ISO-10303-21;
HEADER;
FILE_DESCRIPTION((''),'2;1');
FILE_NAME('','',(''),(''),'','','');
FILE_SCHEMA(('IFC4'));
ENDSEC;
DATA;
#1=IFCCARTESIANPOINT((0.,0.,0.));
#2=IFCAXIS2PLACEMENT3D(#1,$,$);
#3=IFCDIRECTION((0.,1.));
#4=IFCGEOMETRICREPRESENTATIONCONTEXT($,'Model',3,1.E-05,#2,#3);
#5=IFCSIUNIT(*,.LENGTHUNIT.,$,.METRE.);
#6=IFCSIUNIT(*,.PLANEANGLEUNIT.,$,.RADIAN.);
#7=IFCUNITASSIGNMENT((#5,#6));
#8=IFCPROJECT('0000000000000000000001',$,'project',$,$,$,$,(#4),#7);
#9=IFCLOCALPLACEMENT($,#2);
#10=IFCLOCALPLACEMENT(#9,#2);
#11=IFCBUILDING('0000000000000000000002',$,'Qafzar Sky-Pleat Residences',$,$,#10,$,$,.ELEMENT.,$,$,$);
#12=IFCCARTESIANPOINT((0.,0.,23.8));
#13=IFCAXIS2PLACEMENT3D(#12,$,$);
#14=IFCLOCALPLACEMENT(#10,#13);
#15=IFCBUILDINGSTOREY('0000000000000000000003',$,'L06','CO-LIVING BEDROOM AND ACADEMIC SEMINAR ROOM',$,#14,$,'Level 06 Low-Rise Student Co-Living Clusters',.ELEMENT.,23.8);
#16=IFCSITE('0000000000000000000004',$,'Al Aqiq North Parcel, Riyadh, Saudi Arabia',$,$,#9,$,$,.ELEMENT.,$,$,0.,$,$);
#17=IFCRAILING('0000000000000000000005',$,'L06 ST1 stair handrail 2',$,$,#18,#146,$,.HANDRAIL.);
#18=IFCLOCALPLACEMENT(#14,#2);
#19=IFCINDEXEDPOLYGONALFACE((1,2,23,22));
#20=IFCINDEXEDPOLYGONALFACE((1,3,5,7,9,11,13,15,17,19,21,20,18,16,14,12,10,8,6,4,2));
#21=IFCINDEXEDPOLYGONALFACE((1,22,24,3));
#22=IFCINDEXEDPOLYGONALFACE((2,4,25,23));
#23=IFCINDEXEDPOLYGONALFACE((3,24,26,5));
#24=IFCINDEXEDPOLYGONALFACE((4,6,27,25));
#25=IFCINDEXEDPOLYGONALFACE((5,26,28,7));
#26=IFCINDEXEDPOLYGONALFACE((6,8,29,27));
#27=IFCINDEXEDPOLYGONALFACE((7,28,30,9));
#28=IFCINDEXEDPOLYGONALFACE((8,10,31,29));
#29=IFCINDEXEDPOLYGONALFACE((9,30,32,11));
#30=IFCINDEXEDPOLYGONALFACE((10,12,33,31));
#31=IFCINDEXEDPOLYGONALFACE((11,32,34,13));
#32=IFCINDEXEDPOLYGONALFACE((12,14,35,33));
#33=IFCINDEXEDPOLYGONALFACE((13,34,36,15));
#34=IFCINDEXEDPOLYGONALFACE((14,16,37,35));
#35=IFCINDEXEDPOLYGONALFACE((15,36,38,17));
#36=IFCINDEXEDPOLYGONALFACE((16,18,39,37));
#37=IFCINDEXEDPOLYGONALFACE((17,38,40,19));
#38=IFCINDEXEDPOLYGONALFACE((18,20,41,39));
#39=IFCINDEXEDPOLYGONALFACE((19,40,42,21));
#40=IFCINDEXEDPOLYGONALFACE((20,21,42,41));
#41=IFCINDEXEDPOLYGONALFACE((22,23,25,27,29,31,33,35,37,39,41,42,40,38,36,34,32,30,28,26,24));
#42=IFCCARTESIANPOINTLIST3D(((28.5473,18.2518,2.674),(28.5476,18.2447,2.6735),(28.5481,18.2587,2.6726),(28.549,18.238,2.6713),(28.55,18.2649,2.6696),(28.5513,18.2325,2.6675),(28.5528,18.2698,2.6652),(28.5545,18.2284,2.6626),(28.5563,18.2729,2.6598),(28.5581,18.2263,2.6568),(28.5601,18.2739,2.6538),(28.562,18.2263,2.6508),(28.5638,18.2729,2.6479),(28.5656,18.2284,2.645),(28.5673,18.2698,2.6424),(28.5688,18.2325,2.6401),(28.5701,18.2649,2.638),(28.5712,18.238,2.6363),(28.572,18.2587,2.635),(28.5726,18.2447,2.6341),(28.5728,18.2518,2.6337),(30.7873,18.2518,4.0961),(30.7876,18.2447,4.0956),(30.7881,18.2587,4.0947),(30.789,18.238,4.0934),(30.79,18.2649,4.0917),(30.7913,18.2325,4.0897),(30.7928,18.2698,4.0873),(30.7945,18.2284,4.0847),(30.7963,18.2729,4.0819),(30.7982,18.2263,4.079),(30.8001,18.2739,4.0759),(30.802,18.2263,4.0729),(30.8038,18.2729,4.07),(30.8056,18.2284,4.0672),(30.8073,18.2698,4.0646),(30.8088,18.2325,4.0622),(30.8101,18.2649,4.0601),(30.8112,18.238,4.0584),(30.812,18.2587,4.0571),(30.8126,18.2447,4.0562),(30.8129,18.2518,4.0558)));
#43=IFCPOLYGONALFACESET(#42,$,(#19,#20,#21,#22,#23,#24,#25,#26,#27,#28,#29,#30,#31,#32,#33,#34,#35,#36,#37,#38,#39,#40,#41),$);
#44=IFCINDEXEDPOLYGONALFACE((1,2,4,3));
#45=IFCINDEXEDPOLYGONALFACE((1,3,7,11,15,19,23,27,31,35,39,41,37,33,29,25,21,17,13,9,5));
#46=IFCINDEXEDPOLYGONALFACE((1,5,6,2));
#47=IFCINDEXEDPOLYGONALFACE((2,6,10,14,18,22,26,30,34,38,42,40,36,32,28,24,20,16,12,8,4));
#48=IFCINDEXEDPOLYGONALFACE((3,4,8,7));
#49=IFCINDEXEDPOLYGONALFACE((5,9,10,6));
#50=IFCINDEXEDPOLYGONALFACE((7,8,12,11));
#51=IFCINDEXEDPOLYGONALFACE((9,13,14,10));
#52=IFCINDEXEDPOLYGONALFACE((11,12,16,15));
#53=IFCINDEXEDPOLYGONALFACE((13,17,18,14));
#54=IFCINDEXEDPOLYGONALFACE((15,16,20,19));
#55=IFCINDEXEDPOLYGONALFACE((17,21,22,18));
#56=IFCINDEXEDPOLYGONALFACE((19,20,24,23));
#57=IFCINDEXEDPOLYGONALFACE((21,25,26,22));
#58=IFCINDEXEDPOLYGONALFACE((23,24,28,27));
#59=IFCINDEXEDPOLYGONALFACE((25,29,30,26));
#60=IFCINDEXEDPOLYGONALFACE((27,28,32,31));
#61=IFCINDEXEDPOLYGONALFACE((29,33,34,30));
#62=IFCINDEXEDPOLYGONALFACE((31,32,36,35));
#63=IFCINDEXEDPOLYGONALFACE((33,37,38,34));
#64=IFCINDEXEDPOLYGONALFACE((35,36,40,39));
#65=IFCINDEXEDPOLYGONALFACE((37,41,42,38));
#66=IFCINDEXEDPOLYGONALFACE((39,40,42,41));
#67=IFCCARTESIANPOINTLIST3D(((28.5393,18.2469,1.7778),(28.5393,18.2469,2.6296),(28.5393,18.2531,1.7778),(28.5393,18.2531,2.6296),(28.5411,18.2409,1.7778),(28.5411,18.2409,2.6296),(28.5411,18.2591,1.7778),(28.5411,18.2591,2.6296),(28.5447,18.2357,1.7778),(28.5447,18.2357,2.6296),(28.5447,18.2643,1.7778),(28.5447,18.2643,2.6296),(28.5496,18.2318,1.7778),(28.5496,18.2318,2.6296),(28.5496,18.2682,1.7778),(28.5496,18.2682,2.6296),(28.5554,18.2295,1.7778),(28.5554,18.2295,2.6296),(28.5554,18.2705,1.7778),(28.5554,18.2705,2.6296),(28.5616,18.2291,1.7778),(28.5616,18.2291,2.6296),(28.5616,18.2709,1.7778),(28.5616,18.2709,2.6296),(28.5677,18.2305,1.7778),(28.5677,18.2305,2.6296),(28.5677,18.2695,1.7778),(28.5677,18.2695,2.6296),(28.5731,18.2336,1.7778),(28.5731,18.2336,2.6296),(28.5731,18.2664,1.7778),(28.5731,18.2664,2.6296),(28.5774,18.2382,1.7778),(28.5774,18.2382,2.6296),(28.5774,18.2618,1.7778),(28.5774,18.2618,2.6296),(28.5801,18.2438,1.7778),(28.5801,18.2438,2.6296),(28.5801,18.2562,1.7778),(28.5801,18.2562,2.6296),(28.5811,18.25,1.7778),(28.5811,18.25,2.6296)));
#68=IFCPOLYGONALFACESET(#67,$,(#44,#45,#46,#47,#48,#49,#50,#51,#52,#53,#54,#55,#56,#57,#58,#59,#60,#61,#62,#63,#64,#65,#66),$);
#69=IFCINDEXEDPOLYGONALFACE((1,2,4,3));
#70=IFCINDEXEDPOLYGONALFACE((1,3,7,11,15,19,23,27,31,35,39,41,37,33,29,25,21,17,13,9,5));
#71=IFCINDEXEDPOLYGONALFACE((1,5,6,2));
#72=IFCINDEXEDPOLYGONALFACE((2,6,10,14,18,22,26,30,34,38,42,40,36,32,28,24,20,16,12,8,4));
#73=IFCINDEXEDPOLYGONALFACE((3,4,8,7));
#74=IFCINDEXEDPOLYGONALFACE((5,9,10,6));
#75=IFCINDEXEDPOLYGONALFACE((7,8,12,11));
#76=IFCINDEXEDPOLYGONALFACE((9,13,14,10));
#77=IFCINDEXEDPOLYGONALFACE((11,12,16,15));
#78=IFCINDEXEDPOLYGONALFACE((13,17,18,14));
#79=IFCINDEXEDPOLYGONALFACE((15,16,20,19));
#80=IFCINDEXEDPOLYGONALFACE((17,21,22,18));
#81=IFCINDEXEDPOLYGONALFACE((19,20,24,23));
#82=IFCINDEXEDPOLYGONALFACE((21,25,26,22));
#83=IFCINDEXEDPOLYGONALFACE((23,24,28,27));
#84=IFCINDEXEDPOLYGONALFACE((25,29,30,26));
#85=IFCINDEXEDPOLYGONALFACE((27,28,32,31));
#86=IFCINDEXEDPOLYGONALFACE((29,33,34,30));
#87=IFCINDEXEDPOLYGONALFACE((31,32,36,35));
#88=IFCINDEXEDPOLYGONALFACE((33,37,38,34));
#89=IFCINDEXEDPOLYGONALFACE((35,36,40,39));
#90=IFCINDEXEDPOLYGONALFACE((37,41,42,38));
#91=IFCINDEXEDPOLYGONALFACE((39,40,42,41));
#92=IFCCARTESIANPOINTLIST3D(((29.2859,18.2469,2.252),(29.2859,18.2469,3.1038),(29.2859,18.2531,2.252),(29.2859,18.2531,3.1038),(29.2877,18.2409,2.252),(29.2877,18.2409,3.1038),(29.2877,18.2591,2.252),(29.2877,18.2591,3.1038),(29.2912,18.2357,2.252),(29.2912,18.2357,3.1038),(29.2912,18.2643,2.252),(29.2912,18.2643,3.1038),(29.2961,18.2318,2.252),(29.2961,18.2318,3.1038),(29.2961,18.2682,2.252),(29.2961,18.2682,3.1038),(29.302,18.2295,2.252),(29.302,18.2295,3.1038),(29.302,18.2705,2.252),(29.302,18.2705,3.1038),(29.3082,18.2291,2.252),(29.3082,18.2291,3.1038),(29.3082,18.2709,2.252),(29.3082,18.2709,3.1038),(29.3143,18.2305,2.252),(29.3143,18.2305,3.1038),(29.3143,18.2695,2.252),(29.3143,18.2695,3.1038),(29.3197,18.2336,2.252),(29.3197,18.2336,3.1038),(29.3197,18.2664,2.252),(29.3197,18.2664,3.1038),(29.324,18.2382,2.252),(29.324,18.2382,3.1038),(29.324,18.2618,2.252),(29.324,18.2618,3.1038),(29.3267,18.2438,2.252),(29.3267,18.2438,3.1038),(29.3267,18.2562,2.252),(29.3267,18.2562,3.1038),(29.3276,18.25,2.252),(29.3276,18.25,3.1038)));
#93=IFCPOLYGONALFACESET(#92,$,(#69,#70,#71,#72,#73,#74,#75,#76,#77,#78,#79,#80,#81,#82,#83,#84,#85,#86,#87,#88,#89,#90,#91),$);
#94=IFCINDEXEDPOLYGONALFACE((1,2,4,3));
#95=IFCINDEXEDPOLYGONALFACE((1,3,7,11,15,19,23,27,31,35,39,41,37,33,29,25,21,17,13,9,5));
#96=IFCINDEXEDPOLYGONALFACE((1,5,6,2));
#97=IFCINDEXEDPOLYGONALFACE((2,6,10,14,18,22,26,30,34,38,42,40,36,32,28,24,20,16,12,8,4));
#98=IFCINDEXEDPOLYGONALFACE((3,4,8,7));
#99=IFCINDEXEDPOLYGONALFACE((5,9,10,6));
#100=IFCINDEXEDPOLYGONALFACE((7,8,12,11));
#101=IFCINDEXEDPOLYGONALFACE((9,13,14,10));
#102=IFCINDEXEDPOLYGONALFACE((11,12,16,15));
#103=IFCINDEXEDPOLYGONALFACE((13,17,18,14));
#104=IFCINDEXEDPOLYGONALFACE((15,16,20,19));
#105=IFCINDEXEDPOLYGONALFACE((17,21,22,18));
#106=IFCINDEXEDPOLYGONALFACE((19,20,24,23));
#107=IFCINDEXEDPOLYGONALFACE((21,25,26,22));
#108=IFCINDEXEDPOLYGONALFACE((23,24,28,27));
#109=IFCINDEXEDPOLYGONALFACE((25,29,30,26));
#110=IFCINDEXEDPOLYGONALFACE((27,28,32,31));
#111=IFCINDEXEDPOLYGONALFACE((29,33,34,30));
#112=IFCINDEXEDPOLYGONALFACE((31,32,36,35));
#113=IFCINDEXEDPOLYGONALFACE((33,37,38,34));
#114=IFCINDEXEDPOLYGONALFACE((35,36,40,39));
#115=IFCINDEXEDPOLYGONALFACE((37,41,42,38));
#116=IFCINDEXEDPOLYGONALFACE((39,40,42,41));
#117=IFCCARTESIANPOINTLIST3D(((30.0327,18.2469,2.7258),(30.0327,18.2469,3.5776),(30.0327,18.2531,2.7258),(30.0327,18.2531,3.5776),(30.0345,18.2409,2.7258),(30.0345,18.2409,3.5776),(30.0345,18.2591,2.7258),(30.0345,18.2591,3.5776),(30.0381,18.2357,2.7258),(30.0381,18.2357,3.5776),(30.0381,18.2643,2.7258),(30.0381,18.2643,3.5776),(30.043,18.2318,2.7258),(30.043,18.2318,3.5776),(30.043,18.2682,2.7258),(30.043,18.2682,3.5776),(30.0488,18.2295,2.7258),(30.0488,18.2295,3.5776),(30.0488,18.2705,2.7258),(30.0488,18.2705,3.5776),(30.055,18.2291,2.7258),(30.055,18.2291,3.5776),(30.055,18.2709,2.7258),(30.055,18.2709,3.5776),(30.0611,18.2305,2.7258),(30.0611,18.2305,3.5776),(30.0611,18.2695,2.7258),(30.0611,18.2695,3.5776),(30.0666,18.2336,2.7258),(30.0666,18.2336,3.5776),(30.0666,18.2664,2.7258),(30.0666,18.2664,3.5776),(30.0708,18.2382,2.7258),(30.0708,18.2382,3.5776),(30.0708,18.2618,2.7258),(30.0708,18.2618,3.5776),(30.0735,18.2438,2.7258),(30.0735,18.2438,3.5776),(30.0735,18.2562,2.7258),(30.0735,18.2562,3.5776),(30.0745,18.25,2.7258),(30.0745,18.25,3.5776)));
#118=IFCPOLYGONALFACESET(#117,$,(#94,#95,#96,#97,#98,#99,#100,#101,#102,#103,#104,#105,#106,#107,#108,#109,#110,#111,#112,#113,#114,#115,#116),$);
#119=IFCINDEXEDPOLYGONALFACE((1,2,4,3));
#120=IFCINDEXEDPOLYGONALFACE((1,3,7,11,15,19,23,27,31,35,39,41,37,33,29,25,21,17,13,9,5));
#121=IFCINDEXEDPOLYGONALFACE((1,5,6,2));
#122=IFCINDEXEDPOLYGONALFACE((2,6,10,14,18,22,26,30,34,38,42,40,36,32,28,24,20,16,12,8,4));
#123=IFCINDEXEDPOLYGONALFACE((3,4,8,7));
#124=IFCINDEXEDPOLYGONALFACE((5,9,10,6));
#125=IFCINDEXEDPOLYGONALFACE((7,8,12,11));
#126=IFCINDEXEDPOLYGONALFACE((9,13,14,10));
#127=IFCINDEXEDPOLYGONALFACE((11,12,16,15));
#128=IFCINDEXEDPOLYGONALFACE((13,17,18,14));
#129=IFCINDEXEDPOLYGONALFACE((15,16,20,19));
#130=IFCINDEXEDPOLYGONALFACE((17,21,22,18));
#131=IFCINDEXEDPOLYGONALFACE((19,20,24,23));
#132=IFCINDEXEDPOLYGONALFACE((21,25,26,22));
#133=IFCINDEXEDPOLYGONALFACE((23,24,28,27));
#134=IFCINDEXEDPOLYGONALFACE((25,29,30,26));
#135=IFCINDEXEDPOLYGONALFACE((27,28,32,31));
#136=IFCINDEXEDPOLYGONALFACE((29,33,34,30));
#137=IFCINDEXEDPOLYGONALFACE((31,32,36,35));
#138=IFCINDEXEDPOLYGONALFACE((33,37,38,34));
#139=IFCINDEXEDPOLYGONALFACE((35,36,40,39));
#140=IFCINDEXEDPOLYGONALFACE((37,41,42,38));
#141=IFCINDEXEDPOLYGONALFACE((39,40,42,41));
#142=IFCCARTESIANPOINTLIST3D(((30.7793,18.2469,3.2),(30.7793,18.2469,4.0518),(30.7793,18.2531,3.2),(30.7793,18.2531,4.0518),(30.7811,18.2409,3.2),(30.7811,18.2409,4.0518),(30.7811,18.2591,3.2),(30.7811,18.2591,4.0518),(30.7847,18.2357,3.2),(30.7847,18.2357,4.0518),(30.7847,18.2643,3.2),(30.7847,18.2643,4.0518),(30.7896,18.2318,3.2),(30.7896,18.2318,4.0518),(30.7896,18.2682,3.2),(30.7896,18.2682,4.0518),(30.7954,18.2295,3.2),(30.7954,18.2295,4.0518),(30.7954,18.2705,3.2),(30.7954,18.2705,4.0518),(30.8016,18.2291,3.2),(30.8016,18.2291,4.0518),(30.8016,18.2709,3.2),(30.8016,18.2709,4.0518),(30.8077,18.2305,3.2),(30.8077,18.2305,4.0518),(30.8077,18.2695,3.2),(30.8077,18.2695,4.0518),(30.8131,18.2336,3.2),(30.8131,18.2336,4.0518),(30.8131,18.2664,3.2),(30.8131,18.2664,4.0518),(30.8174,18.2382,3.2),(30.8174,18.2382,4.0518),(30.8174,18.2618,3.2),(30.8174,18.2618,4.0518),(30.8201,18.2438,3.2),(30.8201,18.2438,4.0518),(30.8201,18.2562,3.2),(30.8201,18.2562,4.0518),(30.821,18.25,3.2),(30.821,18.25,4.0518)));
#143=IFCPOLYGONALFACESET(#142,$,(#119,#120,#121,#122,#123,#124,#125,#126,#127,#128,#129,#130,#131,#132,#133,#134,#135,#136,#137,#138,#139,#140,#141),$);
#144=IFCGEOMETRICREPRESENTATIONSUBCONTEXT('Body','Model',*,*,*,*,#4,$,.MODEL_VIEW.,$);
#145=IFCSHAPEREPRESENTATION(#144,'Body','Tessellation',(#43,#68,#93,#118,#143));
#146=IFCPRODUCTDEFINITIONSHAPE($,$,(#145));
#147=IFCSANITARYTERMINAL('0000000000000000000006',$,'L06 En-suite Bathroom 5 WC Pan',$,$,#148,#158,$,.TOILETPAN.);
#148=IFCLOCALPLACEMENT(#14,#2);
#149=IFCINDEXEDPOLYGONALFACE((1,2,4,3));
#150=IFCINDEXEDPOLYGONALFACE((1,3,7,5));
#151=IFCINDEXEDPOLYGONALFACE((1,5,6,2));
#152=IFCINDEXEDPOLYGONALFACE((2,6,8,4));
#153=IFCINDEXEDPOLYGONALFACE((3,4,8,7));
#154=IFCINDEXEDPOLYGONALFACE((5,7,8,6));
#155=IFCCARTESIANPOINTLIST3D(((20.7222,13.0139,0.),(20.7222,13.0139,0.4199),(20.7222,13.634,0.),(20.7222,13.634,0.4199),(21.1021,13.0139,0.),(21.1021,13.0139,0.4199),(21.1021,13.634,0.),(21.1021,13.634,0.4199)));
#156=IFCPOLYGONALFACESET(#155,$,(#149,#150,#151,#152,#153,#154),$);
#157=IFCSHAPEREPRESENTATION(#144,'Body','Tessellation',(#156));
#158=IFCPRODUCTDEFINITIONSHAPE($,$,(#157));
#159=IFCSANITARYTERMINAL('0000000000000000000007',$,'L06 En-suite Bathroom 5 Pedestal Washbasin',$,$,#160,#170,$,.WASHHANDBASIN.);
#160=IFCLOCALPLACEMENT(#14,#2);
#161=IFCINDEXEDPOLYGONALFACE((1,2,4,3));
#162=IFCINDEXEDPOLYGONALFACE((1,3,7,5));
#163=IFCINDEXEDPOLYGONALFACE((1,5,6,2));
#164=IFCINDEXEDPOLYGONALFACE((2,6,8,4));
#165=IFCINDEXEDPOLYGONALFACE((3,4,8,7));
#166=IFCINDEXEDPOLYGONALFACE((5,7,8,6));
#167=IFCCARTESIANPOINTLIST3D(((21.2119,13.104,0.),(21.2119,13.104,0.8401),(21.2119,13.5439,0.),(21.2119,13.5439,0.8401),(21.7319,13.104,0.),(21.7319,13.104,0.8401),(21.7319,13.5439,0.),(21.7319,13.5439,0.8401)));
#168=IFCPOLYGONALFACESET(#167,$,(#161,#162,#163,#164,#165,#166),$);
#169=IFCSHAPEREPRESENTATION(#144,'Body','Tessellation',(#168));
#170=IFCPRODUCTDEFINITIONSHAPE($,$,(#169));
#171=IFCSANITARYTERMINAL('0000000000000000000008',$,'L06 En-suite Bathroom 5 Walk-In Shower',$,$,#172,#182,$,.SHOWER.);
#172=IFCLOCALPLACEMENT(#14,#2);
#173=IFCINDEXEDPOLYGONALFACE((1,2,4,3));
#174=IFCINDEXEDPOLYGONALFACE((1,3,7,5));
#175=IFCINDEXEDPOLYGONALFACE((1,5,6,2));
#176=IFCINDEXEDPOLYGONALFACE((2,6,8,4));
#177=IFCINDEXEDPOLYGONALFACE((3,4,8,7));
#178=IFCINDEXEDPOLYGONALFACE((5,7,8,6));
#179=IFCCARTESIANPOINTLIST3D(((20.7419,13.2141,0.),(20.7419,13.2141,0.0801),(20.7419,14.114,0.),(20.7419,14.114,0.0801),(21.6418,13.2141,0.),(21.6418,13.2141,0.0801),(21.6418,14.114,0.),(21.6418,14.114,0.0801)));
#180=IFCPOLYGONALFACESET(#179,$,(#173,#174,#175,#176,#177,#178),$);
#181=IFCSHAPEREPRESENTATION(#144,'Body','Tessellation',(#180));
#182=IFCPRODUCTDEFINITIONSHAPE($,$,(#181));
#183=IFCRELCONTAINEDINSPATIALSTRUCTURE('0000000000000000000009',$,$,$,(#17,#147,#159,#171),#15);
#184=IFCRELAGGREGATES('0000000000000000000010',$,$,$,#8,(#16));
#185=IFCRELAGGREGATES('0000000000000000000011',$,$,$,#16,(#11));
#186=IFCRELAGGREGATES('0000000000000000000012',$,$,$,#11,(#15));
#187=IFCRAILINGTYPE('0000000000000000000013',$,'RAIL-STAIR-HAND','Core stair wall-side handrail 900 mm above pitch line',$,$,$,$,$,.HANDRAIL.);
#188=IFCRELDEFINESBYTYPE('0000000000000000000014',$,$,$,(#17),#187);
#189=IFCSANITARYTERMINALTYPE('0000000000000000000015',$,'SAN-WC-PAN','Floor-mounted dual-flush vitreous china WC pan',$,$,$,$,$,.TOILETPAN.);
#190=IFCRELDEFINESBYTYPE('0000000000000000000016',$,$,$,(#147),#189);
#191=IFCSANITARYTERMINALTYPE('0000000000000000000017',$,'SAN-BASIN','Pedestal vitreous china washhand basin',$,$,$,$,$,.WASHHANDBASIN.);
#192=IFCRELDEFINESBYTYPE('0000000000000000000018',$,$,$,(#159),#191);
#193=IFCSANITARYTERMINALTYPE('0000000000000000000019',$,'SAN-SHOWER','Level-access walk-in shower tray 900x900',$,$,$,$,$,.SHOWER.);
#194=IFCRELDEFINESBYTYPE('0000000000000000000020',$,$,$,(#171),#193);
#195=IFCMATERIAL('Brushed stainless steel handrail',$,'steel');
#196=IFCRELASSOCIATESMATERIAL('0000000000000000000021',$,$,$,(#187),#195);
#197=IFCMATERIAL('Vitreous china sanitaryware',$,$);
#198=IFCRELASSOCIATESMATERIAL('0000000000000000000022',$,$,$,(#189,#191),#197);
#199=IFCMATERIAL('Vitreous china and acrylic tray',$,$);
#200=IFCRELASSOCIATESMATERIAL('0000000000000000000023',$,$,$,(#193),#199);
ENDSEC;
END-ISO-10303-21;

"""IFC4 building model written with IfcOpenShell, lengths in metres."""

from ifc_helpers import new_model, si_unit, direction, frame, origin, origin_2d, place, context, subcontext, project, spatial, rectangle, circle, extrude, source, transform, mapped, material, type_object, element, save


model = new_model("IFC4")

# Units and contexts
model_context = context("Model", 3, precision=1e-05, world=origin(), true_north=direction((0.0, 1.0)))
body_context = subcontext(model_context, "Body", "Model", "MODEL_VIEW")
ifc_project = project(units=[si_unit("LENGTHUNIT", "METRE"), si_unit("PLANEANGLEUNIT", "RADIAN")], contexts=[model_context])

# Site, building, storey
site_placement = place(None, origin())
site = spatial("IfcSite", under=ifc_project, at=site_placement, Name="Al Aqiq North Parcel, Riyadh, Saudi Arabia", CompositionType="ELEMENT", RefElevation=0.0)
building_placement = place(site_placement, origin())
building = spatial("IfcBuilding", under=site, at=building_placement, Name="Qafzar Sky-Pleat Residences", CompositionType="ELEMENT")
storey_placement = place(building_placement, frame((0.0, 0.0, 23.8)))
storey = spatial("IfcBuildingStorey", under=building, at=storey_placement, Name="L06", Description="CO-LIVING BEDROOM AND ACADEMIC SEMINAR ROOM", LongName="Level 06 Low-Rise Student Co-Living Clusters", CompositionType="ELEMENT", Elevation=23.8)

# Railing
ifc_material_1 = material(Name="Brushed stainless steel handrail", Category="steel")
railing_type_1 = type_object("IfcRailingType", Name="RAIL-STAIR-HAND", Description="Core stair wall-side handrail 900 mm above pitch line", PredefinedType="HANDRAIL", material=ifc_material_1)
shared_shape_1 = source(origin(), body_context, "Body", "SweptSolid", [
    extrude(circle(Radius=0.0239, at=origin_2d()), frame((0.0, 0.0, 0.876), z_axis=(0.844229, 0.0, 0.535982), x_axis=(0.0, 1.0, 0.0)), (0.0, 0.0, 1.0), 2.6533),
    extrude(circle(Radius=0.021, at=origin_2d()), origin(), (0.0, 0.0, 1.0), 0.8518),
    extrude(circle(Radius=0.021, at=origin_2d()), frame((0.7466, 0.0, 0.4741)), (0.0, 0.0, 1.0), 0.8518),
    extrude(circle(Radius=0.021, at=origin_2d()), frame((1.4934, 0.0, 0.948)), (0.0, 0.0, 1.0), 0.8518),
    extrude(circle(Radius=0.021, at=origin_2d()), frame((2.24, 0.0, 1.4221)), (0.0, 0.0, 1.0), 0.8518),
])
railing_1_placement = place(storey_placement, frame((28.5601, 18.25, 1.7778)))
element("IfcRailing", 1, at=railing_1_placement, inside=storey, type_object=railing_type_1, Name="L06 ST1 stair handrail 2", PredefinedType="HANDRAIL", context=body_context, shape_type="MappedRepresentation", body=[
    mapped(shared_shape_1, transform((0.0, 0.0, 0.0), x_axis=(1.0, 0.0, 0.0), y_axis=(0.0, 1.0, 0.0), z_axis=(0.0, 0.0, 1.0), scale=1.0)),
])

# Sanitary terminals
ifc_material_2 = material(Name="Vitreous china sanitaryware")
sanitary_terminal_type_1 = type_object("IfcSanitaryTerminalType", Name="SAN-WC-PAN", Description="Floor-mounted dual-flush vitreous china WC pan", PredefinedType="TOILETPAN", material=ifc_material_2)
shared_shape_2 = source(origin(), body_context, "Body", "SweptSolid", [
    extrude(rectangle(XDim=0.3799, YDim=0.6201, at=origin_2d()), origin(), (0.0, 0.0, 1.0), 0.4199),
])
sanitary_terminal_1_placement = place(storey_placement, frame((20.9121, 13.324, 0.0), z_axis=(0.0, 0.0, 1.0), x_axis=(1.0, 0.0, 0.0)))
element("IfcSanitaryTerminal", 2, at=sanitary_terminal_1_placement, inside=storey, type_object=sanitary_terminal_type_1, Name="L06 En-suite Bathroom 5 WC Pan", PredefinedType="TOILETPAN", context=body_context, shape_type="MappedRepresentation", body=[
    mapped(shared_shape_2, transform((0.0, 0.0, 0.0), x_axis=(1.0, 0.0, 0.0), y_axis=(0.0, 1.0, 0.0), z_axis=(0.0, 0.0, 1.0), scale=1.0)),
])
sanitary_terminal_type_2 = type_object("IfcSanitaryTerminalType", Name="SAN-BASIN", Description="Pedestal vitreous china washhand basin", PredefinedType="WASHHANDBASIN", material=ifc_material_2)
shared_shape_3 = source(origin(), body_context, "Body", "SweptSolid", [
    extrude(rectangle(XDim=0.52, YDim=0.4399, at=origin_2d()), origin(), (0.0, 0.0, 1.0), 0.8401),
])
sanitary_terminal_2_placement = place(storey_placement, frame((21.4719, 13.324, 0.0), z_axis=(0.0, 0.0, 1.0), x_axis=(1.0, 0.0, 0.0)))
element("IfcSanitaryTerminal", 3, at=sanitary_terminal_2_placement, inside=storey, type_object=sanitary_terminal_type_2, Name="L06 En-suite Bathroom 5 Pedestal Washbasin", PredefinedType="WASHHANDBASIN", context=body_context, shape_type="MappedRepresentation", body=[
    mapped(shared_shape_3, transform((0.0, 0.0, 0.0), x_axis=(1.0, 0.0, 0.0), y_axis=(0.0, 1.0, 0.0), z_axis=(0.0, 0.0, 1.0), scale=1.0)),
])
ifc_material_3 = material(Name="Vitreous china and acrylic tray")
sanitary_terminal_type_3 = type_object("IfcSanitaryTerminalType", Name="SAN-SHOWER", Description="Level-access walk-in shower tray 900x900", PredefinedType="SHOWER", material=ifc_material_3)
shared_shape_4 = source(origin(), body_context, "Body", "SweptSolid", [
    extrude(rectangle(XDim=0.8999, YDim=0.8999, at=origin_2d()), origin(), (0.0, 0.0, 1.0), 0.0801),
])
sanitary_terminal_3_placement = place(storey_placement, frame((21.1919, 13.6641, 0.0), z_axis=(0.0, 0.0, 1.0), x_axis=(1.0, 0.0, 0.0)))
element("IfcSanitaryTerminal", 4, at=sanitary_terminal_3_placement, inside=storey, type_object=sanitary_terminal_type_3, Name="L06 En-suite Bathroom 5 Walk-In Shower", PredefinedType="SHOWER", context=body_context, shape_type="MappedRepresentation", body=[
    mapped(shared_shape_4, transform((0.0, 0.0, 0.0), x_axis=(1.0, 0.0, 0.0), y_axis=(0.0, 1.0, 0.0), z_axis=(0.0, 0.0, 1.0), scale=1.0)),
])

save(model, "model.ifc")
